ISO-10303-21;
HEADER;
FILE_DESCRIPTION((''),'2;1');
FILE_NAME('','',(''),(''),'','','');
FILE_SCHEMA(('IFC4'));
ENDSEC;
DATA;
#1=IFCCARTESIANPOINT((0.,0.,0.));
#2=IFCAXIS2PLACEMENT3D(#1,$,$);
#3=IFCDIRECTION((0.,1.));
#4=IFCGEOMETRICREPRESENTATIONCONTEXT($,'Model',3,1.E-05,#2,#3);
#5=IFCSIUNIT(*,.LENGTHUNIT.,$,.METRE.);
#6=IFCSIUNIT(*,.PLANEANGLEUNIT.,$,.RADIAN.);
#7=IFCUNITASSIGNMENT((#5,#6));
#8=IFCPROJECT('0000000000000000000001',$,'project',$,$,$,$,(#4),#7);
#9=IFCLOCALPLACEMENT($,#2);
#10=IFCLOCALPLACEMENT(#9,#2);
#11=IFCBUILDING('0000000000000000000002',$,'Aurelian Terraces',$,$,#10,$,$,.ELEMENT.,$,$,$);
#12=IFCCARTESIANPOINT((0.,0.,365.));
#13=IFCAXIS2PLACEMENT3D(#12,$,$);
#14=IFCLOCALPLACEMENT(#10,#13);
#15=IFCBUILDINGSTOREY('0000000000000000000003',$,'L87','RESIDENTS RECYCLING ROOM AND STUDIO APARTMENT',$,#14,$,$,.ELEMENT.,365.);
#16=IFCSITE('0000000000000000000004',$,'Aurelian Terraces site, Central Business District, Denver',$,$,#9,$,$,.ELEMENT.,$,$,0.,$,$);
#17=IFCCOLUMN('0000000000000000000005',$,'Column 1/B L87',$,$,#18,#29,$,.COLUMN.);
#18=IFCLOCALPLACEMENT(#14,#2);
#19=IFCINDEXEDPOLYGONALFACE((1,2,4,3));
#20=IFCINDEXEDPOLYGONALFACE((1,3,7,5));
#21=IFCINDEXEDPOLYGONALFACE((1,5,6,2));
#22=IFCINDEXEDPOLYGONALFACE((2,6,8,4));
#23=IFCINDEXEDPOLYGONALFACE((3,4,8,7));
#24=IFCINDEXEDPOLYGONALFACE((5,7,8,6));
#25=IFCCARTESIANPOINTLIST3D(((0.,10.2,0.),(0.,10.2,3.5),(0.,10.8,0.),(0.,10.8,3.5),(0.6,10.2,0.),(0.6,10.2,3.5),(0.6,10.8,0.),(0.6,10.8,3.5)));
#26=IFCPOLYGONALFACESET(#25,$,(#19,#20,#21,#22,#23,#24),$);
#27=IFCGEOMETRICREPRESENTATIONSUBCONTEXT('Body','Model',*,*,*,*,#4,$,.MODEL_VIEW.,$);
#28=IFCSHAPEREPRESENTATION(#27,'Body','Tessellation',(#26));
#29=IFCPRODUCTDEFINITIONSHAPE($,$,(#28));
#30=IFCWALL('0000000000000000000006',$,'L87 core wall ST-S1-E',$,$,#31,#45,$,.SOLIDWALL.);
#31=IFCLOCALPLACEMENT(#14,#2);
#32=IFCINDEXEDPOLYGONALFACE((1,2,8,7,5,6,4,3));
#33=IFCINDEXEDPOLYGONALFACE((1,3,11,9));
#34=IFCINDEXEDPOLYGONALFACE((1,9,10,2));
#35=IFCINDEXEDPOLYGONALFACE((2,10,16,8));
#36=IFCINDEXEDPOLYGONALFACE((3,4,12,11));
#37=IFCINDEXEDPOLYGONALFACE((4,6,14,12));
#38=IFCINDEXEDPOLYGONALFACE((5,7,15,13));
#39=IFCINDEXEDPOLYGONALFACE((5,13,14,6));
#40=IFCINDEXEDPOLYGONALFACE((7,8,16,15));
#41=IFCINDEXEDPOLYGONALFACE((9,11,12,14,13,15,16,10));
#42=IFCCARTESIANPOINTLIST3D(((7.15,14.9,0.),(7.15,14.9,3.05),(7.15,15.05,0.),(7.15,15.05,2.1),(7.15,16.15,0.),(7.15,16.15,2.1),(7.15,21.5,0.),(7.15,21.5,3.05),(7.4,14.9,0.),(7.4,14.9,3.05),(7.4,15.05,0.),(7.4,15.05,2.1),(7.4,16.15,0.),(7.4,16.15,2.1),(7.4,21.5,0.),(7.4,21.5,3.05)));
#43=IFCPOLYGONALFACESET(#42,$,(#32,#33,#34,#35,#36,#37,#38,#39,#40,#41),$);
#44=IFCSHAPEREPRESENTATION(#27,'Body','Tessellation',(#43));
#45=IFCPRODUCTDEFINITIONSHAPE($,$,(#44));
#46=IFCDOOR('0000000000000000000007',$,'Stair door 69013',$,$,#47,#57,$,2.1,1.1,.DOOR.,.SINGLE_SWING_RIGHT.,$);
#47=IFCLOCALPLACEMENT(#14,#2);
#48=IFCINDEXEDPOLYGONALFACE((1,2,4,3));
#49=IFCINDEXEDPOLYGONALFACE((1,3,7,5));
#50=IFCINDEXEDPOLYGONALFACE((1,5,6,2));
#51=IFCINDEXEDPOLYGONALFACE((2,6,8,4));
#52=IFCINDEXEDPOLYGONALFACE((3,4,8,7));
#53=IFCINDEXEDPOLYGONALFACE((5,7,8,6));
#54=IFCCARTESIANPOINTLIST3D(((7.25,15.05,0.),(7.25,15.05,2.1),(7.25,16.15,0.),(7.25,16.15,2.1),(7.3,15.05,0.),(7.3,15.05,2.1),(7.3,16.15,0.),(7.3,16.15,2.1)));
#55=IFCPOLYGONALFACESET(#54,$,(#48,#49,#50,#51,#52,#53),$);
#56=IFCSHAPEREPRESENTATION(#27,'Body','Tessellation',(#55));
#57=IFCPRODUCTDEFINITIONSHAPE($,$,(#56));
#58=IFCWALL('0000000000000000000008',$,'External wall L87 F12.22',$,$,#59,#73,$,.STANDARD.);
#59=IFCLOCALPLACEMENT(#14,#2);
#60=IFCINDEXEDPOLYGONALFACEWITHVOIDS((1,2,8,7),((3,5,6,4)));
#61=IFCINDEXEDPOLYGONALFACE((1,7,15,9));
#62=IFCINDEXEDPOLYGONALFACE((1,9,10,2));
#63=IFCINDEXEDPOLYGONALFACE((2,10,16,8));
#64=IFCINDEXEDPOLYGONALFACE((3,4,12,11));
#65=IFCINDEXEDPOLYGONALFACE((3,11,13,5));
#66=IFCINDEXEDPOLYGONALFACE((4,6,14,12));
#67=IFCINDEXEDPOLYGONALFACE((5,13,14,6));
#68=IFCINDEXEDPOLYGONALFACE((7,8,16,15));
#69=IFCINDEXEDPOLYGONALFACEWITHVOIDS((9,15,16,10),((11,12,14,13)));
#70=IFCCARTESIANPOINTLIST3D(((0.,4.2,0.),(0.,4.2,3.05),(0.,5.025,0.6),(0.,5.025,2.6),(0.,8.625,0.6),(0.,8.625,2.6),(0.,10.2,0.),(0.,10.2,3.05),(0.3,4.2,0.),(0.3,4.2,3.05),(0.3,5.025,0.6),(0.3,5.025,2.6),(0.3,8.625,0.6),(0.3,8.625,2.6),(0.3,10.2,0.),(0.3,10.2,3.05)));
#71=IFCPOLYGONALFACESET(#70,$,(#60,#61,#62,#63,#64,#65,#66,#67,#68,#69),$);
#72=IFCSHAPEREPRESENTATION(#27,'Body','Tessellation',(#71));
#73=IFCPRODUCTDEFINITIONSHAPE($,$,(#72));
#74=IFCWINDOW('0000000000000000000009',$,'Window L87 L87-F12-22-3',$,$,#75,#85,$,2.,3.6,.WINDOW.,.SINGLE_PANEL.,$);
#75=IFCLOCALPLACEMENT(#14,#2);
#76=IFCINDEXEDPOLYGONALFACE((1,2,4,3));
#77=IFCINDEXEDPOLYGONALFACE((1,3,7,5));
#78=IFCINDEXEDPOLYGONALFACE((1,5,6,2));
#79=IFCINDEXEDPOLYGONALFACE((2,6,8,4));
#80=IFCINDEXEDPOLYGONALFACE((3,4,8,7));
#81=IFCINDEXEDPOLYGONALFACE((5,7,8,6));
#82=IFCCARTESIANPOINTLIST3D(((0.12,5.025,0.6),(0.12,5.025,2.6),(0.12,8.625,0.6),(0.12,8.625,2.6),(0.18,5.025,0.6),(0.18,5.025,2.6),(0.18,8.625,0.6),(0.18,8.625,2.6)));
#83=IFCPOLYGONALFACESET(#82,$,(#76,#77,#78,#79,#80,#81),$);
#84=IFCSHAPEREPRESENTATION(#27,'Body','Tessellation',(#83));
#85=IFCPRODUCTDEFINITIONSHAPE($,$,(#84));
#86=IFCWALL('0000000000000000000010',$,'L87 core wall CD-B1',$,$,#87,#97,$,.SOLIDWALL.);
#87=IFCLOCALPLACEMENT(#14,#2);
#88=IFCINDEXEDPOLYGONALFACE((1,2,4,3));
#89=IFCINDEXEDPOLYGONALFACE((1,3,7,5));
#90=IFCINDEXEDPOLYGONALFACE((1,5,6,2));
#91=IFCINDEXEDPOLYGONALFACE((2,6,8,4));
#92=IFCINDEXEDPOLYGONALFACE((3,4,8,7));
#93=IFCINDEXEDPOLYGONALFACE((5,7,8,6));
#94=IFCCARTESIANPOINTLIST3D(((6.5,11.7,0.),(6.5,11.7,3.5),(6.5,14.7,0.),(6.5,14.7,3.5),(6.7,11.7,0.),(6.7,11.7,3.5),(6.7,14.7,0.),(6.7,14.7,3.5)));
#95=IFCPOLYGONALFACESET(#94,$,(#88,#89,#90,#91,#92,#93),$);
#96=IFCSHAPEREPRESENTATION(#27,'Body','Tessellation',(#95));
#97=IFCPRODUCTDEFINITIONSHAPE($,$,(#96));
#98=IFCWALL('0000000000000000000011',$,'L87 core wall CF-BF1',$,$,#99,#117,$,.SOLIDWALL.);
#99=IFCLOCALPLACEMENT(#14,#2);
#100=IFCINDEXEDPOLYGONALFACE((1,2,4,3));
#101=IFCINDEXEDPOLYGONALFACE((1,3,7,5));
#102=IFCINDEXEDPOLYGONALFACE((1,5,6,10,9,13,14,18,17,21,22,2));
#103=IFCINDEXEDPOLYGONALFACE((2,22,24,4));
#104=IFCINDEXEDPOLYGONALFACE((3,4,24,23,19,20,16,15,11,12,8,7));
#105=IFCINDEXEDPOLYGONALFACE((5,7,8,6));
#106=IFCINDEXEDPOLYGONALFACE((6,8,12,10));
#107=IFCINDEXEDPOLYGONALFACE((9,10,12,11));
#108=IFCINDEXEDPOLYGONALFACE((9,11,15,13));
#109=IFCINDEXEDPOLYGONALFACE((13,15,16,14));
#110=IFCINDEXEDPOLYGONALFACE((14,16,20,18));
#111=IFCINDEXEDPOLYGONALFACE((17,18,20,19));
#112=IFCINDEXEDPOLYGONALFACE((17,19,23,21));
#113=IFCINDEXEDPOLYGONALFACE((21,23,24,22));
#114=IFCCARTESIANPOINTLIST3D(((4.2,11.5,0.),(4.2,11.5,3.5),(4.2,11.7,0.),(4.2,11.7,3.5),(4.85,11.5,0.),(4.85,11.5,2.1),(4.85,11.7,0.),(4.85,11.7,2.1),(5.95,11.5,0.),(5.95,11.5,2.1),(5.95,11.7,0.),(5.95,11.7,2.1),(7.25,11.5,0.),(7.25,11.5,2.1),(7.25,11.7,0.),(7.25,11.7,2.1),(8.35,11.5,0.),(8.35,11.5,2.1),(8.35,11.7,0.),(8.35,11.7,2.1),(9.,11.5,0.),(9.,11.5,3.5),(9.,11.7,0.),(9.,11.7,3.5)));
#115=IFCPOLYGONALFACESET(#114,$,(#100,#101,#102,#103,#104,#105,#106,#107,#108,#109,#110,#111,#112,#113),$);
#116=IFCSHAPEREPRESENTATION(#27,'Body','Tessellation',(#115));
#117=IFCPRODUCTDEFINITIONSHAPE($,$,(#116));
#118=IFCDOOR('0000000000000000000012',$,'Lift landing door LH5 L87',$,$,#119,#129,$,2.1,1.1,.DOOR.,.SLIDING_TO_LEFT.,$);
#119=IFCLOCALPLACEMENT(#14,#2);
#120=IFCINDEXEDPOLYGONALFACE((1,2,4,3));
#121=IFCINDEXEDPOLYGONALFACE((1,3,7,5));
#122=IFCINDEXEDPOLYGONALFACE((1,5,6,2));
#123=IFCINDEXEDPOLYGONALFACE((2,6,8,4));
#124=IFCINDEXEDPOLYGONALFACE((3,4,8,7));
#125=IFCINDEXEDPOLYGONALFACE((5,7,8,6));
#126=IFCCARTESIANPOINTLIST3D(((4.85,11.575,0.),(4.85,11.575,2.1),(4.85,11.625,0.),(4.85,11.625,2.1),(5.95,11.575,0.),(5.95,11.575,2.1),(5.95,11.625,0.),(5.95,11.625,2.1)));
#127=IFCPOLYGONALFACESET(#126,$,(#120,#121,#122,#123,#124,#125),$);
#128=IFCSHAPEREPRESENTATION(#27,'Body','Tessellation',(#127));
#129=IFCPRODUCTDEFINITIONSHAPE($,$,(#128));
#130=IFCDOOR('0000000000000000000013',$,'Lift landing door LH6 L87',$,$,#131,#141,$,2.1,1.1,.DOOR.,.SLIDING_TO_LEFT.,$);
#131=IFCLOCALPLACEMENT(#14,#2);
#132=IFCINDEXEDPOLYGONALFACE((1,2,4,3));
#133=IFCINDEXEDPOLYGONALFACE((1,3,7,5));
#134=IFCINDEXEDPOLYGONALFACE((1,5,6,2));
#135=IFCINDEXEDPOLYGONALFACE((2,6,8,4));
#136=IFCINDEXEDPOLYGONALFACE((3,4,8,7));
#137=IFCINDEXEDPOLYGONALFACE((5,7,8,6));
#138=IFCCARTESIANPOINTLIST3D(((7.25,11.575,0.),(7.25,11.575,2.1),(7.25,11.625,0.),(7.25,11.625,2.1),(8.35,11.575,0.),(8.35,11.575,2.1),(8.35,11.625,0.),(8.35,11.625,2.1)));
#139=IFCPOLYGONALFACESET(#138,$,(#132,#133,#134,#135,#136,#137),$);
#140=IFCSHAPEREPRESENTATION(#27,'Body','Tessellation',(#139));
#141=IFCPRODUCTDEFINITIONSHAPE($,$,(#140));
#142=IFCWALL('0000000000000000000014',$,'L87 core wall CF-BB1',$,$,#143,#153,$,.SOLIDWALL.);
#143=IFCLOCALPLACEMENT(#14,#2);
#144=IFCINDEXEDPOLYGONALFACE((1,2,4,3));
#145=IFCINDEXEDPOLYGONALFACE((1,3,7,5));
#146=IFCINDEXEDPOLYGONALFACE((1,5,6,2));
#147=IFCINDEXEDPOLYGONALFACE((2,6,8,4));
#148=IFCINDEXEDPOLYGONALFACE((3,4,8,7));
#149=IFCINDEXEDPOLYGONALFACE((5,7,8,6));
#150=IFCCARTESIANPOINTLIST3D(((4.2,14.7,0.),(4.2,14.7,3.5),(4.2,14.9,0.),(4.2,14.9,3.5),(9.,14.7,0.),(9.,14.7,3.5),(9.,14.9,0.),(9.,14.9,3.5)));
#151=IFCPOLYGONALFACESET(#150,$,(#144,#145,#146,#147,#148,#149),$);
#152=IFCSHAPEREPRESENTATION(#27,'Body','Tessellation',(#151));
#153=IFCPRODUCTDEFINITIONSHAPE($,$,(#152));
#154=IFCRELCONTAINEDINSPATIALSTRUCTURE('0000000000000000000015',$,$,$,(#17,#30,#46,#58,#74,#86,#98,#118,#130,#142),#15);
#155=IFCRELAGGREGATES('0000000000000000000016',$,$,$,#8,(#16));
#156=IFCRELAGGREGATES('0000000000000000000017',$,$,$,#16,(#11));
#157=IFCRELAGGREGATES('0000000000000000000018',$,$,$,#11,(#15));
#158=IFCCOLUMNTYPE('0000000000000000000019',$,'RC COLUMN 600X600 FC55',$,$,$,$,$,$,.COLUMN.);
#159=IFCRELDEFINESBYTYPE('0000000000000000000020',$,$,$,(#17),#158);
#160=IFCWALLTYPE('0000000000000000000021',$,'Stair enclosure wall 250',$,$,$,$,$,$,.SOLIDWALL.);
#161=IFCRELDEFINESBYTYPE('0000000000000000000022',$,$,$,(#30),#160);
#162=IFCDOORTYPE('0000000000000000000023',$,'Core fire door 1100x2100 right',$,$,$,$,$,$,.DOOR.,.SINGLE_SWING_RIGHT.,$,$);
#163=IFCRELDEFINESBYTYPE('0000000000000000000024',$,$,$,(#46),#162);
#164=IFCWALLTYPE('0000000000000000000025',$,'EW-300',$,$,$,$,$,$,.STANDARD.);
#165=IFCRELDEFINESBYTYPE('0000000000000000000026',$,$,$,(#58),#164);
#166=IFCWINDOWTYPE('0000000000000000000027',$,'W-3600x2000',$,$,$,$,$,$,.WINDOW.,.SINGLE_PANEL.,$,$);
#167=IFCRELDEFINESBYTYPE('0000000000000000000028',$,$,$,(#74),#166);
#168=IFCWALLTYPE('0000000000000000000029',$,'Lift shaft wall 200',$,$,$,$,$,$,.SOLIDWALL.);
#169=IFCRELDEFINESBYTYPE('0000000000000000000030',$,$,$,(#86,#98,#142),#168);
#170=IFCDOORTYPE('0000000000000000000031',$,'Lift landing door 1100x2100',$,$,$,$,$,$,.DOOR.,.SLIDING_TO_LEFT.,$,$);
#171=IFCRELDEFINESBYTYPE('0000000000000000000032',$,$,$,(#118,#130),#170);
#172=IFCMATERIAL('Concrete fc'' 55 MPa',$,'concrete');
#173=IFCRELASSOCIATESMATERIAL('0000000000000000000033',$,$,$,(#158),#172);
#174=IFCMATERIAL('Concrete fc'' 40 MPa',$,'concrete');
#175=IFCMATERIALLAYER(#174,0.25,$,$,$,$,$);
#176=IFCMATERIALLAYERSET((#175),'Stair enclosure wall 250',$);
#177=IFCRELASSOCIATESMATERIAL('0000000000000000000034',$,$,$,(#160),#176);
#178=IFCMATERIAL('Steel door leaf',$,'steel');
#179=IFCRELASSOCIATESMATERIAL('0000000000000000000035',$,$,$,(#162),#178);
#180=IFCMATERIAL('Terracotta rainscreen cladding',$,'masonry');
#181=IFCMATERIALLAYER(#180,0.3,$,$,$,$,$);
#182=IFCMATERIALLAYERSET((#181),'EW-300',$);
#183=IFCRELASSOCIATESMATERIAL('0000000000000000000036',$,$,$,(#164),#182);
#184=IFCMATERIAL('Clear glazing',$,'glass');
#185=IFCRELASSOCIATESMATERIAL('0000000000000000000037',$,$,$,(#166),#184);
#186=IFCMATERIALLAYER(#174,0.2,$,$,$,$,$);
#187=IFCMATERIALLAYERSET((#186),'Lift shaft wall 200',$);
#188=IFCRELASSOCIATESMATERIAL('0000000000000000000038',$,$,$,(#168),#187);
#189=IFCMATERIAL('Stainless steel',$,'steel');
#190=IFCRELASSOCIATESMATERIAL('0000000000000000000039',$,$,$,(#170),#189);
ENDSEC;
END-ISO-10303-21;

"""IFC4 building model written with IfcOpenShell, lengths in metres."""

from ifc_helpers import new_model, si_unit, direction, frame, frame_2d, origin, origin_2d, place, context, subcontext, project, spatial, rectangle, extrude, source, transform, mapped, material, layer, layer_set, material_profile, profile_set, type_object, element, fill, save


model = new_model("IFC4")

# Units and contexts
model_context = context("Model", 3, precision=1e-05, world=origin(), true_north=direction((0.0, 1.0)))
body_context = subcontext(model_context, "Body", "Model", "MODEL_VIEW")
ifc_project = project(units=[si_unit("LENGTHUNIT", "METRE"), si_unit("PLANEANGLEUNIT", "RADIAN")], contexts=[model_context])

# Site, building, storey
site_placement = place(None, origin())
site = spatial("IfcSite", under=ifc_project, at=site_placement, Name="Aurelian Terraces site, Central Business District, Denver", CompositionType="ELEMENT", RefElevation=0.0)
building_placement = place(site_placement, origin())
building = spatial("IfcBuilding", under=site, at=building_placement, Name="Aurelian Terraces", CompositionType="ELEMENT")
storey_placement = place(building_placement, frame((0.0, 0.0, 365.0)))
storey = spatial("IfcBuildingStorey", under=building, at=storey_placement, Name="L87", Description="RESIDENTS RECYCLING ROOM AND STUDIO APARTMENT", CompositionType="ELEMENT", Elevation=365.0)

# Column
ifc_material_1 = material(Name="Concrete fc' 55 MPa", Category="concrete")
ifc_material_profile = material_profile(ifc_material_1, rectangle(XDim=0.6, YDim=0.6, at=origin_2d()))
ifc_profile_set = profile_set([ifc_material_profile], Name="Concrete fc' 55 MPa")
column_type = type_object("IfcColumnType", Name="RC COLUMN 600X600 FC55", PredefinedType="COLUMN", material=ifc_profile_set)
shared_shape_1 = source(origin(), body_context, "Body", "SweptSolid", [
    extrude(rectangle(XDim=0.6, YDim=0.6, at=origin_2d()), origin(), (0.0, 0.0, 1.0), 3.5),
])
column_placement = place(storey_placement, frame((0.3, 10.5, 0.0), z_axis=(0.0, 0.0, 1.0), x_axis=(1.0, 0.0, 0.0)))
element("IfcColumn", 1, at=column_placement, inside=storey, type_object=column_type, Name="Column 1/B L87", PredefinedType="COLUMN", context=body_context, shape_type="MappedRepresentation", body=[
    mapped(shared_shape_1, transform((0.0, 0.0, 0.0), scale=1.0)),
])

# Wall, opening, door
ifc_material_2 = material(Name="Concrete fc' 40 MPa", Category="concrete")
ifc_layer_1 = layer(ifc_material_2, 0.25)
ifc_layer_set_1 = layer_set([ifc_layer_1], Name="Stair enclosure wall 250")
wall_type_1 = type_object("IfcWallType", Name="Stair enclosure wall 250", PredefinedType="SOLIDWALL", material=ifc_layer_set_1)
wall_1_placement = place(storey_placement, frame((7.275, 14.9, 0.0), z_axis=(0.0, 0.0, 1.0), x_axis=(0.0, 1.0, 0.0)))
wall_1 = element("IfcWall", 2, at=wall_1_placement, inside=storey, type_object=wall_type_1, Name="L87 core wall ST-S1-E", PredefinedType="SOLIDWALL", context=body_context, shape_type="SweptSolid", body=[
    extrude(rectangle(XDim=6.6, YDim=0.25, at=frame_2d((3.3, 0.0))), origin(), (0.0, 0.0, 1.0), 3.05),
])
shared_shape_2 = source(origin(), body_context, "Body", "SweptSolid", [
    extrude(rectangle(XDim=1.1, YDim=2.1, at=frame_2d((0.55, 1.05))), frame((0.0, 0.135, 0.0), z_axis=(0.0, -1.0, 0.0), x_axis=(1.0, 0.0, 0.0)), (0.0, 0.0, 1.0), 0.27),
])
opening_1_placement = place(wall_1_placement, frame((0.15, 0.0, 0.0)))
opening_1 = element("IfcOpeningElement", 3, at=opening_1_placement, cuts=wall_1, PredefinedType="OPENING", context=body_context, shape_type="MappedRepresentation", body=[
    mapped(shared_shape_2, transform((0.0, 0.0, 0.0), scale=1.0)),
])
ifc_material_3 = material(Name="Steel door leaf", Category="steel")
door_type_1 = type_object("IfcDoorType", Name="Core fire door 1100x2100 right", OperationType="SINGLE_SWING_RIGHT", PredefinedType="DOOR", material=ifc_material_3)
shared_shape_3 = source(origin(), body_context, "Body", "SweptSolid", [
    extrude(rectangle(XDim=1.1, YDim=2.1, at=frame_2d((0.55, 1.05))), frame((0.0, 0.025, 0.0), z_axis=(0.0, -1.0, 0.0), x_axis=(1.0, 0.0, 0.0)), (0.0, 0.0, 1.0), 0.05),
])
door_1_placement = place(opening_1_placement, origin())
door_1 = element("IfcDoor", 4, at=door_1_placement, inside=storey, type_object=door_type_1, Name="Stair door 69013", OperationType="SINGLE_SWING_RIGHT", OverallHeight=2.1, OverallWidth=1.1, PredefinedType="DOOR", context=body_context, shape_type="MappedRepresentation", body=[
    mapped(shared_shape_3, transform((0.0, 0.0, 0.0), scale=1.0)),
])
fill(opening_1, door_1)

# Wall, opening, window
ifc_material_4 = material(Name="Terracotta rainscreen cladding", Category="masonry")
ifc_layer_2 = layer(ifc_material_4, 0.3)
ifc_layer_set_2 = layer_set([ifc_layer_2], Name="EW-300")
wall_type_2 = type_object("IfcWallType", Name="EW-300", PredefinedType="STANDARD", material=ifc_layer_set_2)
shared_shape_4 = source(origin(), body_context, "Body", "SweptSolid", [
    extrude(rectangle(XDim=6.0, YDim=0.3, at=frame_2d((3.0, 0.0))), origin(), (0.0, 0.0, 1.0), 3.05),
])
wall_2_placement = place(storey_placement, frame((0.15, 10.2, 0.0), z_axis=(0.0, 0.0, 1.0), x_axis=(0.0, -1.0, 0.0)))
wall_2 = element("IfcWall", 5, at=wall_2_placement, inside=storey, type_object=wall_type_2, Name="External wall L87 F12.22", PredefinedType="STANDARD", context=body_context, shape_type="MappedRepresentation", body=[
    mapped(shared_shape_4, transform((0.0, 0.0, 0.0), scale=1.0)),
])
shared_shape_5 = source(origin(), body_context, "Body", "SweptSolid", [
    extrude(rectangle(XDim=3.6, YDim=2.0, at=frame_2d((1.8, 1.0))), frame((0.0, 0.16, 0.0), z_axis=(0.0, -1.0, 0.0), x_axis=(1.0, 0.0, 0.0)), (0.0, 0.0, 1.0), 0.32),
])
opening_2_placement = place(wall_2_placement, frame((1.575, 0.0, 0.6)))
opening_2 = element("IfcOpeningElement", 6, at=opening_2_placement, cuts=wall_2, PredefinedType="OPENING", context=body_context, shape_type="MappedRepresentation", body=[
    mapped(shared_shape_5, transform((0.0, 0.0, 0.0), scale=1.0)),
])
ifc_material_5 = material(Name="Clear glazing", Category="glass")
window_type = type_object("IfcWindowType", Name="W-3600x2000", PartitioningType="SINGLE_PANEL", PredefinedType="WINDOW", material=ifc_material_5)
shared_shape_6 = source(origin(), body_context, "Body", "SweptSolid", [
    extrude(rectangle(XDim=3.6, YDim=2.0, at=frame_2d((1.8, 1.0))), frame((0.0, 0.03, 0.0), z_axis=(0.0, -1.0, 0.0), x_axis=(1.0, 0.0, 0.0)), (0.0, 0.0, 1.0), 0.06),
])
window_placement = place(opening_2_placement, origin())
window = element("IfcWindow", 7, at=window_placement, inside=storey, type_object=window_type, Name="Window L87 L87-F12-22-3", OverallHeight=2.0, OverallWidth=3.6, PartitioningType="SINGLE_PANEL", PredefinedType="WINDOW", context=body_context, shape_type="MappedRepresentation", body=[
    mapped(shared_shape_6, transform((0.0, 0.0, 0.0), scale=1.0)),
])
fill(opening_2, window)

# Wall
ifc_layer_3 = layer(ifc_material_2, 0.2)
ifc_layer_set_3 = layer_set([ifc_layer_3], Name="Lift shaft wall 200")
wall_type_3 = type_object("IfcWallType", Name="Lift shaft wall 200", PredefinedType="SOLIDWALL", material=ifc_layer_set_3)
shared_shape_7 = source(origin(), body_context, "Body", "SweptSolid", [
    extrude(rectangle(XDim=3.0, YDim=0.2, at=frame_2d((1.5, 0.0))), origin(), (0.0, 0.0, 1.0), 3.5),
])
wall_3_placement = place(storey_placement, frame((6.6, 11.7, 0.0), z_axis=(0.0, 0.0, 1.0), x_axis=(0.0, 1.0, 0.0)))
element("IfcWall", 8, at=wall_3_placement, inside=storey, type_object=wall_type_3, Name="L87 core wall CD-B1", PredefinedType="SOLIDWALL", context=body_context, shape_type="MappedRepresentation", body=[
    mapped(shared_shape_7, transform((0.0, 0.0, 0.0), scale=1.0)),
])

# Wall, openings, doors
shared_shape_8 = source(origin(), body_context, "Body", "SweptSolid", [
    extrude(rectangle(XDim=4.8, YDim=0.2, at=frame_2d((2.4, 0.0))), origin(), (0.0, 0.0, 1.0), 3.5),
])
wall_4_placement = place(storey_placement, frame((4.2, 11.6, 0.0), z_axis=(0.0, 0.0, 1.0), x_axis=(1.0, 0.0, 0.0)))
wall_4 = element("IfcWall", 9, at=wall_4_placement, inside=storey, type_object=wall_type_3, Name="L87 core wall CF-BF1", PredefinedType="SOLIDWALL", context=body_context, shape_type="MappedRepresentation", body=[
    mapped(shared_shape_8, transform((0.0, 0.0, 0.0), scale=1.0)),
])
shared_shape_9 = source(origin(), body_context, "Body", "SweptSolid", [
    extrude(rectangle(XDim=1.1, YDim=2.1, at=frame_2d((0.55, 1.05))), frame((0.0, 0.11, 0.0), z_axis=(0.0, -1.0, 0.0), x_axis=(1.0, 0.0, 0.0)), (0.0, 0.0, 1.0), 0.22),
])
opening_3_placement = place(wall_4_placement, frame((0.65, 0.0, 0.0)))
opening_3 = element("IfcOpeningElement", 10, at=opening_3_placement, cuts=wall_4, PredefinedType="OPENING", context=body_context, shape_type="MappedRepresentation", body=[
    mapped(shared_shape_9, transform((0.0, 0.0, 0.0), scale=1.0)),
])
opening_4_placement = place(wall_4_placement, frame((3.05, 0.0, 0.0)))
opening_4 = element("IfcOpeningElement", 11, at=opening_4_placement, cuts=wall_4, PredefinedType="OPENING", context=body_context, shape_type="MappedRepresentation", body=[
    mapped(shared_shape_9, transform((0.0, 0.0, 0.0), scale=1.0)),
])
ifc_material_6 = material(Name="Stainless steel", Category="steel")
door_type_2 = type_object("IfcDoorType", Name="Lift landing door 1100x2100", OperationType="SLIDING_TO_LEFT", PredefinedType="DOOR", material=ifc_material_6)
door_2_placement = place(opening_3_placement, origin())
door_2 = element("IfcDoor", 12, at=door_2_placement, inside=storey, type_object=door_type_2, Name="Lift landing door LH5 L87", OperationType="SLIDING_TO_LEFT", OverallHeight=2.1, OverallWidth=1.1, PredefinedType="DOOR", context=body_context, shape_type="MappedRepresentation", body=[
    mapped(shared_shape_3, transform((0.0, 0.0, 0.0), scale=1.0)),
])
fill(opening_3, door_2)
door_3_placement = place(opening_4_placement, origin())
door_3 = element("IfcDoor", 13, at=door_3_placement, inside=storey, type_object=door_type_2, Name="Lift landing door LH6 L87", OperationType="SLIDING_TO_LEFT", OverallHeight=2.1, OverallWidth=1.1, PredefinedType="DOOR", context=body_context, shape_type="MappedRepresentation", body=[
    mapped(shared_shape_3, transform((0.0, 0.0, 0.0), scale=1.0)),
])
fill(opening_4, door_3)

# Wall
wall_5_placement = place(storey_placement, frame((4.2, 14.8, 0.0), z_axis=(0.0, 0.0, 1.0), x_axis=(1.0, 0.0, 0.0)))
element("IfcWall", 14, at=wall_5_placement, inside=storey, type_object=wall_type_3, Name="L87 core wall CF-BB1", PredefinedType="SOLIDWALL", context=body_context, shape_type="MappedRepresentation", body=[
    mapped(shared_shape_8, transform((0.0, 0.0, 0.0), scale=1.0)),
])

save(model, "model.ifc")
